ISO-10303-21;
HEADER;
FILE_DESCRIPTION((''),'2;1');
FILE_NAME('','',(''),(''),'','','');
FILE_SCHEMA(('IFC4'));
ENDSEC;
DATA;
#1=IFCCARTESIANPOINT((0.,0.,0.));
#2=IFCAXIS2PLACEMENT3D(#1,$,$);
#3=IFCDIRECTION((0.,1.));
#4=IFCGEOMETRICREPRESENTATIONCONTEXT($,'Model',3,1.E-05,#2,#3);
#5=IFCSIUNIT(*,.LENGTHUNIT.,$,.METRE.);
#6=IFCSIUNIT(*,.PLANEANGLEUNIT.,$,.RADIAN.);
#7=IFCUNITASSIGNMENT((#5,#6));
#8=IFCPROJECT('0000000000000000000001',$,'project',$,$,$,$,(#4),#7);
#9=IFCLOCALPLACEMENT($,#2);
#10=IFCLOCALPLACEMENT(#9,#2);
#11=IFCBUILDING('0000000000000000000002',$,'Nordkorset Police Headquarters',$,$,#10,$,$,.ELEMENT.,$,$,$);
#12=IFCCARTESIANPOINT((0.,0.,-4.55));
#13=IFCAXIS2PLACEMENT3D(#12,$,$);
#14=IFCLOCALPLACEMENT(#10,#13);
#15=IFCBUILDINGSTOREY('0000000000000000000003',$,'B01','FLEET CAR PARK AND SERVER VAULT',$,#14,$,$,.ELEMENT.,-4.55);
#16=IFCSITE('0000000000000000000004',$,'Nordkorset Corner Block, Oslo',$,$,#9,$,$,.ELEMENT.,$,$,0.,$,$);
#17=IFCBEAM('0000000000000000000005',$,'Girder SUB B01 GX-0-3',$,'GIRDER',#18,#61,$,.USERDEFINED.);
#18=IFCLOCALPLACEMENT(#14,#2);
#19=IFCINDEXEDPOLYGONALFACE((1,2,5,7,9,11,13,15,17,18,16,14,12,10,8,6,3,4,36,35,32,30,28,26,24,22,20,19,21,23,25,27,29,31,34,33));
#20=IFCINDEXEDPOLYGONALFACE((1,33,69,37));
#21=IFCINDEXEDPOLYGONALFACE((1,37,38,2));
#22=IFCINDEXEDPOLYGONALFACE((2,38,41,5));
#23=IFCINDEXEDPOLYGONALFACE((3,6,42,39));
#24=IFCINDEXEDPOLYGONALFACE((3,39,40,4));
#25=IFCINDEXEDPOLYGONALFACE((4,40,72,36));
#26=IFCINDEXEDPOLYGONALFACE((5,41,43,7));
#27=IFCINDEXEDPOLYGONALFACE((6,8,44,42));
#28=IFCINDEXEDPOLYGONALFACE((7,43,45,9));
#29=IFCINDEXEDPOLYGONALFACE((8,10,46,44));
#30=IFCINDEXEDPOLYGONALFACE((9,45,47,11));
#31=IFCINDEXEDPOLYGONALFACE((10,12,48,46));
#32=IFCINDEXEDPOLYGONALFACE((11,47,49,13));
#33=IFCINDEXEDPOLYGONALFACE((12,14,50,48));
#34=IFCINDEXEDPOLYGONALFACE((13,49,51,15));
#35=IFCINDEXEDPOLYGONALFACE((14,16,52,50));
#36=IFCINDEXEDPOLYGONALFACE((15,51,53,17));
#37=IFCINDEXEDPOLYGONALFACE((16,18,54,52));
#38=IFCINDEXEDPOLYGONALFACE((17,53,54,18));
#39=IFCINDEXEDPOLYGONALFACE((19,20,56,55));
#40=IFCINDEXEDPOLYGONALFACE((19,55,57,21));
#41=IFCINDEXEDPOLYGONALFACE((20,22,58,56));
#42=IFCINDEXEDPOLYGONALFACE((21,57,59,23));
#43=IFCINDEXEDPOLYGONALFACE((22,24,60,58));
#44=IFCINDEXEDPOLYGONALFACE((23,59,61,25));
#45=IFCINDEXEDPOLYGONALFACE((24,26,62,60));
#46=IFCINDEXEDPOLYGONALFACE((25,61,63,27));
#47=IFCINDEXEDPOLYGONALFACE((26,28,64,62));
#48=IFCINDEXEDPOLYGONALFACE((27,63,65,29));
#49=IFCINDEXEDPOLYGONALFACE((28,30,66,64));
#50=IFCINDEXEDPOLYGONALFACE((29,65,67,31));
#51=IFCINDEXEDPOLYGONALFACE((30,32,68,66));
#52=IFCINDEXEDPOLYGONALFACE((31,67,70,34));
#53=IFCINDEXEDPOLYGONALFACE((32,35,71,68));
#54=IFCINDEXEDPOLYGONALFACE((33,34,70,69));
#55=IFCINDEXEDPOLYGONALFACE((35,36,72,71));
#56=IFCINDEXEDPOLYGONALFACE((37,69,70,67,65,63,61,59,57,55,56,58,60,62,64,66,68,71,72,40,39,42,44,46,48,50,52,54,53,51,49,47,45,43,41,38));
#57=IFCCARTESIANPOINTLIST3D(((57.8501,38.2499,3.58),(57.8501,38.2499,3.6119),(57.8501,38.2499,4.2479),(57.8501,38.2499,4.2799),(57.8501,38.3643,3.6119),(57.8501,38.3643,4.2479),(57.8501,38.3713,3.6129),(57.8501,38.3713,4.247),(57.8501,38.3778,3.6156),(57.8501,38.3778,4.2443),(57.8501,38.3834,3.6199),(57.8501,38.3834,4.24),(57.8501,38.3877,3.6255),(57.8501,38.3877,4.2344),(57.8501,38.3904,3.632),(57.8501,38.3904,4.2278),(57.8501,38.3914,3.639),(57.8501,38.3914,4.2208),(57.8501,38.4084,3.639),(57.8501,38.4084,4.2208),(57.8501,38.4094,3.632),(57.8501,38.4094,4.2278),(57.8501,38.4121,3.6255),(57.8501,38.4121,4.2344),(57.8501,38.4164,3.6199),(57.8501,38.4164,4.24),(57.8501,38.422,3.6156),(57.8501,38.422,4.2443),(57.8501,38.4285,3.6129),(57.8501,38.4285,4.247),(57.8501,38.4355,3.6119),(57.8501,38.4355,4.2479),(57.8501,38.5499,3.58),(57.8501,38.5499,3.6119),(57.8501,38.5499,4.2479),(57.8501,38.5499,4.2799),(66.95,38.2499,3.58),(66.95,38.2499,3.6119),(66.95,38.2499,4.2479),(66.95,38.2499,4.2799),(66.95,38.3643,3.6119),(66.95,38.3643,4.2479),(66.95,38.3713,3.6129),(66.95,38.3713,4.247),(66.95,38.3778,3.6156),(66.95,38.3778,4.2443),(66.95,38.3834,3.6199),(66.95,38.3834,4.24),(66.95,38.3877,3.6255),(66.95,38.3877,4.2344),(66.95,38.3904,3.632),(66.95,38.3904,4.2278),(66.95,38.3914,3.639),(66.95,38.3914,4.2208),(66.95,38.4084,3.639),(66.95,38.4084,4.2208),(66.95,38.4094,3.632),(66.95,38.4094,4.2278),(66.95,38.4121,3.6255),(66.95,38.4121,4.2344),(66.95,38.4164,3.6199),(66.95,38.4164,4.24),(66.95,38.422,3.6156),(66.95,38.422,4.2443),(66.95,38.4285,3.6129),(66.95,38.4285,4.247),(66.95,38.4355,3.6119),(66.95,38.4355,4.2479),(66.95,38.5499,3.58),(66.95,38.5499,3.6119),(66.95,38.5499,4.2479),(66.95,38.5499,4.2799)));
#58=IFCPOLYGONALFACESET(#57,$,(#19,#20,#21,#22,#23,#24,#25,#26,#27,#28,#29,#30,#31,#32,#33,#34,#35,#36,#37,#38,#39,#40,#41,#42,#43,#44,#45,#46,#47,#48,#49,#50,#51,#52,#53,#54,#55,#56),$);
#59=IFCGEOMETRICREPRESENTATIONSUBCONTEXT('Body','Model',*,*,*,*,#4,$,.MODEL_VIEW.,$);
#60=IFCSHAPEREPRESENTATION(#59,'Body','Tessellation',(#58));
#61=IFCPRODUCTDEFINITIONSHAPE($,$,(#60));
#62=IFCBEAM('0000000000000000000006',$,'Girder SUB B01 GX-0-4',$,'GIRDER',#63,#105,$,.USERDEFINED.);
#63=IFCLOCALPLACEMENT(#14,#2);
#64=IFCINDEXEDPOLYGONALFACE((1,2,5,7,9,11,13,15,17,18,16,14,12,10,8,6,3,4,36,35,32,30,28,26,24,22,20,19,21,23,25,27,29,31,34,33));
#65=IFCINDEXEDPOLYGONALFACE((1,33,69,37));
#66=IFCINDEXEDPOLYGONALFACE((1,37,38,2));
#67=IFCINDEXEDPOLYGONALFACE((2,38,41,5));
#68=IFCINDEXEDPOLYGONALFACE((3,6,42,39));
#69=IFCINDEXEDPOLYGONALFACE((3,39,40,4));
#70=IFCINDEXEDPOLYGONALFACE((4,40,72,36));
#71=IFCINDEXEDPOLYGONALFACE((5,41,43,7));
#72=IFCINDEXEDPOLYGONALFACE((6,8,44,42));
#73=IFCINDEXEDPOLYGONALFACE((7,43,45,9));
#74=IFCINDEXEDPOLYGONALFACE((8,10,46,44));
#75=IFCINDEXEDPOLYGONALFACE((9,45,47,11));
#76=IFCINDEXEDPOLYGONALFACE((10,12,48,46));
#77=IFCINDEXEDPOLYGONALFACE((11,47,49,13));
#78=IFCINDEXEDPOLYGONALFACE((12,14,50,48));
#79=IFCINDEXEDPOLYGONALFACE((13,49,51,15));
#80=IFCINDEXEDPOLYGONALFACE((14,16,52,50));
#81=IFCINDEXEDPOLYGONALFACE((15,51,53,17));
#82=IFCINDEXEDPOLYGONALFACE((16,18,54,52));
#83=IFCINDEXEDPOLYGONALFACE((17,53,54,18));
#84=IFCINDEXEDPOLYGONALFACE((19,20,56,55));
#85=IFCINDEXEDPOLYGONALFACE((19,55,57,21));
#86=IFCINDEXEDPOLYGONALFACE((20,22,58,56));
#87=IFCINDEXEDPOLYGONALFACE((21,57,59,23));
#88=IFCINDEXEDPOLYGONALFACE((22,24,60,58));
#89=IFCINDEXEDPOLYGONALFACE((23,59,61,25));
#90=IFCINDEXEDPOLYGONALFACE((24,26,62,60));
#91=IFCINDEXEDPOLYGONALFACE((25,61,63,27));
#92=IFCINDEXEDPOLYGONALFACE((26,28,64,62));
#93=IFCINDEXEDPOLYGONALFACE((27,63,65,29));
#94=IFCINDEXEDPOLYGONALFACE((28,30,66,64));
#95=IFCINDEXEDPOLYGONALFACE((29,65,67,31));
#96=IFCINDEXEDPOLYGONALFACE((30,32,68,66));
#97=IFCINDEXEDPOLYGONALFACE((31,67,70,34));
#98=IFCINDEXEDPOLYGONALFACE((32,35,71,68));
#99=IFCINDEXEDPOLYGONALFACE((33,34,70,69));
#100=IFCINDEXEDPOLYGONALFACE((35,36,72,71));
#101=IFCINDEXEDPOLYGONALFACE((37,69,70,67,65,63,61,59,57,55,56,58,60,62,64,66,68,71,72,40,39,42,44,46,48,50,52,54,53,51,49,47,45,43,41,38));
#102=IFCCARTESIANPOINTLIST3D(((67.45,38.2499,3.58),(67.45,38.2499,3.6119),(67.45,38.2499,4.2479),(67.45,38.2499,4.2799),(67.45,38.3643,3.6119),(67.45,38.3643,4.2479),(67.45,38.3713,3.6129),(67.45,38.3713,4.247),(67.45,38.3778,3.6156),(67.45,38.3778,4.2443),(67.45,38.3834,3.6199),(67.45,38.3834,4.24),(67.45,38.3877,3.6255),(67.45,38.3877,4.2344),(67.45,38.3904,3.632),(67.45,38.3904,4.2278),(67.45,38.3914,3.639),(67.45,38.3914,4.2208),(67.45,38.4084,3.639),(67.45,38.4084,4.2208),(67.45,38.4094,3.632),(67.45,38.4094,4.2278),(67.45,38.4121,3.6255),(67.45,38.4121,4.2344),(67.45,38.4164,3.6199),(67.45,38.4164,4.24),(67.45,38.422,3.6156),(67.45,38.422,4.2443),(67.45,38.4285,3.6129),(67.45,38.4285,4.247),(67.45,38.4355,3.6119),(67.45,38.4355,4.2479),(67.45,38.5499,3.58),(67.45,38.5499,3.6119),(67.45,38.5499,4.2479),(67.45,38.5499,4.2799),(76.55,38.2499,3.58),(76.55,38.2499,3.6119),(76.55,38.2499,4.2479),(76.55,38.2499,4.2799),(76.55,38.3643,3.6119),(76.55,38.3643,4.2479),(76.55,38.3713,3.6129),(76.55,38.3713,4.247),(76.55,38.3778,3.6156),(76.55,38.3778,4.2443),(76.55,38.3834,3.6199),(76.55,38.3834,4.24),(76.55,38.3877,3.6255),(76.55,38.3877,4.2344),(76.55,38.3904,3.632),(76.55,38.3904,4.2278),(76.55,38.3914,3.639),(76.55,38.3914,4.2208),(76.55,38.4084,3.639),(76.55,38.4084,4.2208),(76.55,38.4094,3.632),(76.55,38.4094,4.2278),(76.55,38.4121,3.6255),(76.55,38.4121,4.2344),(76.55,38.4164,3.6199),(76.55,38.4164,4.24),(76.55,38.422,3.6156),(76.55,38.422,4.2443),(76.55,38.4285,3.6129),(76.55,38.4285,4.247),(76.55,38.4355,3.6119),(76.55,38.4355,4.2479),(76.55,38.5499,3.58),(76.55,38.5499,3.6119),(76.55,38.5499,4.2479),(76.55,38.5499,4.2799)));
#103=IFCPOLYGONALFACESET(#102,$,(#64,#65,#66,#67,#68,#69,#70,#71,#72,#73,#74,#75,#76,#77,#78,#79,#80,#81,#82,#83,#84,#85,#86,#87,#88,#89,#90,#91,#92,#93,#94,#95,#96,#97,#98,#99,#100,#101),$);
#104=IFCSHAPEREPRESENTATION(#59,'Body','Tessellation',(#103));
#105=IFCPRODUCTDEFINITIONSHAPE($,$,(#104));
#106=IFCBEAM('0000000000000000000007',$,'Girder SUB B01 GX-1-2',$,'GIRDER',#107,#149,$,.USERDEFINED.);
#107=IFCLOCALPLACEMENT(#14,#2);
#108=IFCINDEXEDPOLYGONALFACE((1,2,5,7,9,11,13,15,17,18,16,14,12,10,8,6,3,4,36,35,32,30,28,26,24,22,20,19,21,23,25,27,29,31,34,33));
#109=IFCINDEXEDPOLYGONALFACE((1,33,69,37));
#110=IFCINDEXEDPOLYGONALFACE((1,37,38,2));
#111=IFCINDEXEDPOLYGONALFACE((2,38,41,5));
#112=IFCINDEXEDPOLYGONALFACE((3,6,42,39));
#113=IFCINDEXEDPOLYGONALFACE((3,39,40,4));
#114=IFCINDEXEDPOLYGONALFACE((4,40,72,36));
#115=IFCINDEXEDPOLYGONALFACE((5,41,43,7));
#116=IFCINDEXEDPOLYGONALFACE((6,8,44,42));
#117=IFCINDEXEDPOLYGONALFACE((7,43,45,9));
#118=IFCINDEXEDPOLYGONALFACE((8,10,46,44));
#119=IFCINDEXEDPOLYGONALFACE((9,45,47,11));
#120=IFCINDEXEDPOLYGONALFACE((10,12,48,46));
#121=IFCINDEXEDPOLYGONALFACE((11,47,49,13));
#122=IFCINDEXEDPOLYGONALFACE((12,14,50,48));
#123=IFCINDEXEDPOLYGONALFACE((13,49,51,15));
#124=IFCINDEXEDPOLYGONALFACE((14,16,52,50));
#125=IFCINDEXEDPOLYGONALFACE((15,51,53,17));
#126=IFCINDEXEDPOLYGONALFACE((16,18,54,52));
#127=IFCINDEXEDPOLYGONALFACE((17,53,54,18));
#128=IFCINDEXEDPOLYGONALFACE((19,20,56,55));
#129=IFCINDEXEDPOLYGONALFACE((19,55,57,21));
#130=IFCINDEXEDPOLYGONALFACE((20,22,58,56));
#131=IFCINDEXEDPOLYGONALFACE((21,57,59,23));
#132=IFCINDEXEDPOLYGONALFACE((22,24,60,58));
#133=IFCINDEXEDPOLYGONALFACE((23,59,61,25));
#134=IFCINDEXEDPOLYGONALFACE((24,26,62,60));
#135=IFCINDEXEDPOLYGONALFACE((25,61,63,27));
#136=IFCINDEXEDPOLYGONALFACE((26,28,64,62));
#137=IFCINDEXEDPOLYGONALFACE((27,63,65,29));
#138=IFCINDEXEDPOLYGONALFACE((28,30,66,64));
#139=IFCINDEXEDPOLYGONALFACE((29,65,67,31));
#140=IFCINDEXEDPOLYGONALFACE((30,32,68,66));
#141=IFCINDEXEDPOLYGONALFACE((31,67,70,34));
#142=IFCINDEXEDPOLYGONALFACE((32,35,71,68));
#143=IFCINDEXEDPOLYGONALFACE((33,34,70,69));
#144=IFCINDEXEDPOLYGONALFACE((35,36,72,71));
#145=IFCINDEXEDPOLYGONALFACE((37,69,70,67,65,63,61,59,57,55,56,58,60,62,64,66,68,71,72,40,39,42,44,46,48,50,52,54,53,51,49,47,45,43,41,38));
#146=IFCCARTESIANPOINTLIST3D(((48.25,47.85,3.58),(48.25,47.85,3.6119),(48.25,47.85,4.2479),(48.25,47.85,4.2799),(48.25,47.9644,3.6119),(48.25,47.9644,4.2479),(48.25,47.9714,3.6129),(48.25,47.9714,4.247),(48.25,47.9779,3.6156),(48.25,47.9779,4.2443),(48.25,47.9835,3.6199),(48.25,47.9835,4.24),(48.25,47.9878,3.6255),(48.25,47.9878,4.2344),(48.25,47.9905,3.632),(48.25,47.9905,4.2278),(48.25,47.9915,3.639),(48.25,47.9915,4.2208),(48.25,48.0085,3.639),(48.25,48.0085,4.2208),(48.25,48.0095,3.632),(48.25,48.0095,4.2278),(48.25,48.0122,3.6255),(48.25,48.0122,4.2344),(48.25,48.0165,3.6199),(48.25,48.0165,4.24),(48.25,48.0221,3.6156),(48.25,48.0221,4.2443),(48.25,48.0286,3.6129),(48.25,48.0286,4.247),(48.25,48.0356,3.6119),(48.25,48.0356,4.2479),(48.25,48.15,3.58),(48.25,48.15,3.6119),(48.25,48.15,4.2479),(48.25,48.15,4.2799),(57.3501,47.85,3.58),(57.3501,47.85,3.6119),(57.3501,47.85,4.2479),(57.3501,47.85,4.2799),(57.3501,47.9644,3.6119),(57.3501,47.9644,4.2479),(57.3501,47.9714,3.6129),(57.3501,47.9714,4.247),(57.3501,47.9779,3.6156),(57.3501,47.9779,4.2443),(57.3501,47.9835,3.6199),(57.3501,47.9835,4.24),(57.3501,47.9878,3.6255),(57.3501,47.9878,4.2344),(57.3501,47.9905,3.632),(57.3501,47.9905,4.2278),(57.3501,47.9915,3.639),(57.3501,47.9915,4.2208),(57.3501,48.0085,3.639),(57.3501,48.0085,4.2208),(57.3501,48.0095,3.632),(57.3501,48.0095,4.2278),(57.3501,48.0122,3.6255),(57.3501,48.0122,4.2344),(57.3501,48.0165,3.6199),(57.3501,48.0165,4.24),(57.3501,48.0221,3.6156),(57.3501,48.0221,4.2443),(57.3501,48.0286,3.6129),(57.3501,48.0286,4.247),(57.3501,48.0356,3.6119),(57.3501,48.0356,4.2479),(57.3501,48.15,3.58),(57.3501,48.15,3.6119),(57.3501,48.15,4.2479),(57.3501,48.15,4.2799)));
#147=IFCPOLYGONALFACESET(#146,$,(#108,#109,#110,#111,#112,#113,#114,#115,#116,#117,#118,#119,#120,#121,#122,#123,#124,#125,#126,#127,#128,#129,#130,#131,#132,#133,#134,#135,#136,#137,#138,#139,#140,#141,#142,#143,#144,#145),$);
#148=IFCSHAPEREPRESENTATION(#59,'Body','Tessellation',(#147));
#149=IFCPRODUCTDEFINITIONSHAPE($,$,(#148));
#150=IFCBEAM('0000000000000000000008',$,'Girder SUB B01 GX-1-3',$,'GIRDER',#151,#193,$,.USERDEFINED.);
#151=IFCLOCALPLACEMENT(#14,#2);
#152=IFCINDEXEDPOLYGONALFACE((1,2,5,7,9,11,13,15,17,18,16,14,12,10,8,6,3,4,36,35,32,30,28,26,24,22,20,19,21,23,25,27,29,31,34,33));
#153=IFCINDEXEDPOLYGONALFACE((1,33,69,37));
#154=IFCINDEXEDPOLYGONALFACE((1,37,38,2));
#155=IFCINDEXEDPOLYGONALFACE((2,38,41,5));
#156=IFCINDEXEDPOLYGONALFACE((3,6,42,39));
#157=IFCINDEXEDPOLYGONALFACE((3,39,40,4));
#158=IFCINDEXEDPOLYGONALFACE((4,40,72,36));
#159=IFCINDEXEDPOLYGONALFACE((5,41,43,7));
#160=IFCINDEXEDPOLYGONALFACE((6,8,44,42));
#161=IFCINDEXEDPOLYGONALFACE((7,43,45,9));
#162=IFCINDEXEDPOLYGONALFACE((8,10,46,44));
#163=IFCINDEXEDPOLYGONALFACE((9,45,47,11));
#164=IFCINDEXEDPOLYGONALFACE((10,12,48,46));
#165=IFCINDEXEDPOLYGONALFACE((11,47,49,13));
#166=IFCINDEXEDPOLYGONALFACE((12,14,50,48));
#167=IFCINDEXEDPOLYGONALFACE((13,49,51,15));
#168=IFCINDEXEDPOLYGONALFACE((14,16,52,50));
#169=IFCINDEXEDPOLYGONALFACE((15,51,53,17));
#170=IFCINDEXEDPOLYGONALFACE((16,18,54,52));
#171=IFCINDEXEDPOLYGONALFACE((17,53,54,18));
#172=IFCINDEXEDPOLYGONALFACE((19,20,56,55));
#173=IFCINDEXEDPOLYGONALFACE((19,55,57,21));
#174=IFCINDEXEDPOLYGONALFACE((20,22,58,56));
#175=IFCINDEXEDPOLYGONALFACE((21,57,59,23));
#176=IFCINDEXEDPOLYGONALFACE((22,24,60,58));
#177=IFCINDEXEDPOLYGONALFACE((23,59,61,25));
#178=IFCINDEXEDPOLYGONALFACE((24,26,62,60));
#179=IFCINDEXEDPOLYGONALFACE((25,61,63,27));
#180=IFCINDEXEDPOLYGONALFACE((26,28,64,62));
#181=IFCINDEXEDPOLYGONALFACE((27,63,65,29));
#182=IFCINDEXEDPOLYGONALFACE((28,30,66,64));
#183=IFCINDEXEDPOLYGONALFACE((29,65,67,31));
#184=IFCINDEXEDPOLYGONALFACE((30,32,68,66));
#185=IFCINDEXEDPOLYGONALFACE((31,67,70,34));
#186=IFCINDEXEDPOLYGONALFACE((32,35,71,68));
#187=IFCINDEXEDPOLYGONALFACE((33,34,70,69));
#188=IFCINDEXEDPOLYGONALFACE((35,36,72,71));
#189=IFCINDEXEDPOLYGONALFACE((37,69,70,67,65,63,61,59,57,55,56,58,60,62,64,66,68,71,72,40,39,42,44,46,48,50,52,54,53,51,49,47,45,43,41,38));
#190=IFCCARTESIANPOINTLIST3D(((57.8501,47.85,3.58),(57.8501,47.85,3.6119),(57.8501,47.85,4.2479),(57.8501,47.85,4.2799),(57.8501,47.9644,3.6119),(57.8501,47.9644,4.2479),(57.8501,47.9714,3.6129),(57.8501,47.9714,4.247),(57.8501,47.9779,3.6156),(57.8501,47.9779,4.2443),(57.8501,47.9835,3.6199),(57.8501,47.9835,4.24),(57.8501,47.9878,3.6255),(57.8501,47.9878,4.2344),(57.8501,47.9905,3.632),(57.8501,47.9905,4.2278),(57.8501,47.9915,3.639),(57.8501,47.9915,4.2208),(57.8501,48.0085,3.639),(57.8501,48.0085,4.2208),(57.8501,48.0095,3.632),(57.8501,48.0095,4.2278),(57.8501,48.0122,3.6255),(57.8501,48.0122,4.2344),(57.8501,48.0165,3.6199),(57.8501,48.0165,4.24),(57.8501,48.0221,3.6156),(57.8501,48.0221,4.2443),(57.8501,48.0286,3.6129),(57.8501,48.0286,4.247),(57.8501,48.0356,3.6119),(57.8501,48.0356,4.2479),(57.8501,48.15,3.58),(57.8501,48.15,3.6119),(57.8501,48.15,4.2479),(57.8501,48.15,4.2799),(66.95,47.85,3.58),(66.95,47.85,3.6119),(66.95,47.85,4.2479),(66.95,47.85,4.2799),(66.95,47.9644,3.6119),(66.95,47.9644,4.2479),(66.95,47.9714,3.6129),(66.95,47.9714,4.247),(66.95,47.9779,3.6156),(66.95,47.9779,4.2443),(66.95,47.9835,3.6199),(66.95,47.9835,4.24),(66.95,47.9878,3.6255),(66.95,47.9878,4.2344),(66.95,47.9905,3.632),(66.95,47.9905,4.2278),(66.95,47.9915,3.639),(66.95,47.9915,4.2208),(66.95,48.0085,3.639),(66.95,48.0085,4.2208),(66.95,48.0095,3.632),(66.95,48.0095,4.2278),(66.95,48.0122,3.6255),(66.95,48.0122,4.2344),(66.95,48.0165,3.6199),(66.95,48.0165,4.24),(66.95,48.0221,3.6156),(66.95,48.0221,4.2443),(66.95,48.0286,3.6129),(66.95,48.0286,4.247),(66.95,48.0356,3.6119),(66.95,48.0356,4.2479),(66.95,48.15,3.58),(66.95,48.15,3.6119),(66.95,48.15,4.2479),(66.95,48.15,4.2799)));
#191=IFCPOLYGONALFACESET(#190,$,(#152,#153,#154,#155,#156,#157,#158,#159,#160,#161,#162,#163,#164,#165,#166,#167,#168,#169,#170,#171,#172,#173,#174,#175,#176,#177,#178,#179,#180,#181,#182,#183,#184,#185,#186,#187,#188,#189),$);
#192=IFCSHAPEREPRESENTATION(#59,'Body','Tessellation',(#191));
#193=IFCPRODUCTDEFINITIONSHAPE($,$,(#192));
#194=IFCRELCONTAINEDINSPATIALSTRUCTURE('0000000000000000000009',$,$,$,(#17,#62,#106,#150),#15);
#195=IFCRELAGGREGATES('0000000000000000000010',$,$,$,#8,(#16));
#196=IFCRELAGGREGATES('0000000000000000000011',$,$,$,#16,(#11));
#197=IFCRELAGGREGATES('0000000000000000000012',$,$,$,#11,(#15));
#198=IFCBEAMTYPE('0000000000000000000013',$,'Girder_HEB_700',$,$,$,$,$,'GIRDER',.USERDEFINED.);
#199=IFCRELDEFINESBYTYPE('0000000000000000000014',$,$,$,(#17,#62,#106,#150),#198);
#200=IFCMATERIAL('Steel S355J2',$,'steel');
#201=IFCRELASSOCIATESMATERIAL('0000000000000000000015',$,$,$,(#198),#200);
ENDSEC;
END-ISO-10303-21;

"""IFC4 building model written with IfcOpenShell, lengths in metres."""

from ifc_helpers import new_model, si_unit, direction, frame, origin, origin_2d, place, context, subcontext, project, spatial, i_section, extrude, material, material_profile, profile_set, type_object, element, save


model = new_model("IFC4")

# Units and contexts
model_context = context("Model", 3, precision=1e-05, world=origin(), true_north=direction((0.0, 1.0)))
body_context = subcontext(model_context, "Body", "Model", "MODEL_VIEW")
ifc_project = project(units=[si_unit("LENGTHUNIT", "METRE"), si_unit("PLANEANGLEUNIT", "RADIAN")], contexts=[model_context])

# Site, building, storey
site_placement = place(None, origin())
site = spatial("IfcSite", under=ifc_project, at=site_placement, Name="Nordkorset Corner Block, Oslo", CompositionType="ELEMENT", RefElevation=0.0)
building_placement = place(site_placement, origin())
building = spatial("IfcBuilding", under=site, at=building_placement, Name="Nordkorset Police Headquarters", CompositionType="ELEMENT")
storey_placement = place(building_placement, frame((0.0, 0.0, -4.55)))
storey = spatial("IfcBuildingStorey", under=building, at=storey_placement, Name="B01", Description="FLEET CAR PARK AND SERVER VAULT", CompositionType="ELEMENT", Elevation=-4.55)

# Beams
ifc_material_1 = material(Name="Steel S355J2", Category="steel")
ifc_material_profile_1 = material_profile(ifc_material_1, i_section(OverallWidth=0.3, OverallDepth=0.7, WebThickness=0.0171, FlangeThickness=0.032, FilletRadius=0.0271, at=origin_2d()), Name="HEB 700")
ifc_profile_set_1 = profile_set([ifc_material_profile_1], Name="Steel S355J2")
beam_type_1 = type_object("IfcBeamType", Name="Girder_HEB_700", ElementType="GIRDER", PredefinedType="USERDEFINED", material=ifc_profile_set_1)
beam_1_placement = place(storey_placement, frame((57.8501, 38.3999, 3.9299), z_axis=(1.0, 0.0, 0.0), x_axis=(0.0, 1.0, 0.0)))
element("IfcBeam", 1, at=beam_1_placement, inside=storey, type_object=beam_type_1, Name="Girder SUB B01 GX-0-3", ObjectType="GIRDER", PredefinedType="USERDEFINED", context=body_context, shape_type="SweptSolid", body=[
    extrude(i_section(OverallWidth=0.3, OverallDepth=0.7, WebThickness=0.0171, FlangeThickness=0.032, FilletRadius=0.0271, at=origin_2d()), origin(), (0.0, 0.0, 1.0), 9.0999),
])
for number, where, z_axis, x_axis, name in (
    (2, (67.45, 38.3999, 3.9299), (1.0, 0.0, 0.0), (0.0, 1.0, 0.0), "Girder SUB B01 GX-0-4"),
    (3, (48.25, 48.0, 3.9299), (1.0, 0.0, 0.0), (0.0, 1.0, 0.0), "Girder SUB B01 GX-1-2"),
):
    element("IfcBeam", number, at=place(storey_placement, frame(where, z_axis=z_axis, x_axis=x_axis)), inside=storey, type_object=beam_type_1, Name=name, ObjectType="GIRDER", PredefinedType="USERDEFINED", context=body_context, shape_type="SweptSolid", body=[
        extrude(i_section(OverallWidth=0.3, OverallDepth=0.7, WebThickness=0.0171, FlangeThickness=0.032, FilletRadius=0.0271, at=origin_2d()), origin(), (0.0, 0.0, 1.0), 9.1001),
    ])
beam_2_placement = place(storey_placement, frame((57.8501, 48.0, 3.9299), z_axis=(1.0, 0.0, 0.0), x_axis=(0.0, 1.0, 0.0)))
element("IfcBeam", 4, at=beam_2_placement, inside=storey, type_object=beam_type_1, Name="Girder SUB B01 GX-1-3", ObjectType="GIRDER", PredefinedType="USERDEFINED", context=body_context, shape_type="SweptSolid", body=[
    extrude(i_section(OverallWidth=0.3, OverallDepth=0.7, WebThickness=0.0171, FlangeThickness=0.032, FilletRadius=0.0271, at=origin_2d()), origin(), (0.0, 0.0, 1.0), 9.0999),
])

save(model, "model.ifc")
